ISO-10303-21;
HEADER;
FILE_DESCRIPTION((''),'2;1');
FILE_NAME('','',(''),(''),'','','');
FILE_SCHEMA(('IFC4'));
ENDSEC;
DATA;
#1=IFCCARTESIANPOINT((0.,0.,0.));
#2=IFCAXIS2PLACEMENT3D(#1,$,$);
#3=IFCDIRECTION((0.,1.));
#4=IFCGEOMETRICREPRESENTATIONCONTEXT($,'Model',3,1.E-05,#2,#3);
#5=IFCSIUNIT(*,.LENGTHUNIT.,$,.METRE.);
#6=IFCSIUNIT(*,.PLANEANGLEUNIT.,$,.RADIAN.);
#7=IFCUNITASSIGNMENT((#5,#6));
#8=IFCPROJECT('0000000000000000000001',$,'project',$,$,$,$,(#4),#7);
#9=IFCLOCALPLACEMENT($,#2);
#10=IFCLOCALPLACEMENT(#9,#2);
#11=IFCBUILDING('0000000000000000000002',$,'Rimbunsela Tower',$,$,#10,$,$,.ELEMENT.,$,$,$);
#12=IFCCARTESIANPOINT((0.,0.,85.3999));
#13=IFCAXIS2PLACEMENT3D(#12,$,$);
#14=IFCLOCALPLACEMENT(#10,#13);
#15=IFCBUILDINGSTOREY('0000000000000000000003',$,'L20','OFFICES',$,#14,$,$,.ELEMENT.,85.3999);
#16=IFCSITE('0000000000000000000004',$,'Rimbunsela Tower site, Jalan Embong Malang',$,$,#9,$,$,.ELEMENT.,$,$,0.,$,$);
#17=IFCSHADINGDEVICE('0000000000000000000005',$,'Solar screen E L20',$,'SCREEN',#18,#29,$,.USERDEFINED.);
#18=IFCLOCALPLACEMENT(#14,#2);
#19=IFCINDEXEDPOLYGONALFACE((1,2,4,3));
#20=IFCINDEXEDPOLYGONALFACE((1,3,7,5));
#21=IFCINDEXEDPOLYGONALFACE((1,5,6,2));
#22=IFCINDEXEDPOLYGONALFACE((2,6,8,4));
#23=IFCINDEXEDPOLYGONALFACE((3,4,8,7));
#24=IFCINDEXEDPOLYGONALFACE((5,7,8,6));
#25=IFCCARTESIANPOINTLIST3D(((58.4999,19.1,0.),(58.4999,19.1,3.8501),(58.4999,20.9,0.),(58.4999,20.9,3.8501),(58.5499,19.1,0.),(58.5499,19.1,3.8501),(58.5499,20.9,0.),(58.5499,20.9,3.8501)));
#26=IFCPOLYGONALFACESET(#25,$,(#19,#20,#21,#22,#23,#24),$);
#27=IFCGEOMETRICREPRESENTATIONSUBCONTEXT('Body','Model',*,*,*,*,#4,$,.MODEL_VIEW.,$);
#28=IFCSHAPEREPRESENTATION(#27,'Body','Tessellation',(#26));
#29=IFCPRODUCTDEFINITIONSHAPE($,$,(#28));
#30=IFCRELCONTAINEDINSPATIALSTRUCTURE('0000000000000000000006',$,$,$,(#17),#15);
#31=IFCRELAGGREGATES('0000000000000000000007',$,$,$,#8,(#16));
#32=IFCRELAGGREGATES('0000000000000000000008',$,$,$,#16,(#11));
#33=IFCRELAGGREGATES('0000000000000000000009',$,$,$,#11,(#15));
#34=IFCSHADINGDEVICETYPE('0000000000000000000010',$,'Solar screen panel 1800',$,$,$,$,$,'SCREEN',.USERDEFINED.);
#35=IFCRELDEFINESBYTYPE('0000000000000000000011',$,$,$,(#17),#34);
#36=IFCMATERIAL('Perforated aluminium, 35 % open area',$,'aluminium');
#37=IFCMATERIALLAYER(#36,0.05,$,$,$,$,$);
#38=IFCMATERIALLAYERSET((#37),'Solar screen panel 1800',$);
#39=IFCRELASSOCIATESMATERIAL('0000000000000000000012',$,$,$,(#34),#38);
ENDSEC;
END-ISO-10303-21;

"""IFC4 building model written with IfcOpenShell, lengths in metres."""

from ifc_helpers import new_model, si_unit, direction, frame, origin, origin_2d, place, context, subcontext, project, spatial, rectangle, extrude, material, layer, layer_set, type_object, element, save


model = new_model("IFC4")

# Units and contexts
model_context = context("Model", 3, precision=1e-05, world=origin(), true_north=direction((0.0, 1.0)))
body_context = subcontext(model_context, "Body", "Model", "MODEL_VIEW")
ifc_project = project(units=[si_unit("LENGTHUNIT", "METRE"), si_unit("PLANEANGLEUNIT", "RADIAN")], contexts=[model_context])

# Site, building, storey
site_placement = place(None, origin())
site = spatial("IfcSite", under=ifc_project, at=site_placement, Name="Rimbunsela Tower site, Jalan Embong Malang", CompositionType="ELEMENT", RefElevation=0.0)
building_placement = place(site_placement, origin())
building = spatial("IfcBuilding", under=site, at=building_placement, Name="Rimbunsela Tower", CompositionType="ELEMENT")
storey_placement = place(building_placement, frame((0.0, 0.0, 85.3999)))
storey = spatial("IfcBuildingStorey", under=building, at=storey_placement, Name="L20", Description="OFFICES", CompositionType="ELEMENT", Elevation=85.3999)

# Shading device
ifc_material_1 = material(Name="Perforated aluminium, 35 % open area", Category="aluminium")
ifc_layer_1 = layer(ifc_material_1, 0.05)
ifc_layer_set_1 = layer_set([ifc_layer_1], Name="Solar screen panel 1800")
shading_device_type = type_object("IfcShadingDeviceType", Name="Solar screen panel 1800", ElementType="SCREEN", PredefinedType="USERDEFINED", material=ifc_layer_set_1)
for number, where, z_axis, x_axis, name in (
    (1, (58.5249, 20.0, 0.0), (0.0, 0.0, 1.0), (0.0, 1.0, 0.0), "Solar screen E L20"),
):
    element("IfcShadingDevice", number, at=place(storey_placement, frame(where, z_axis=z_axis, x_axis=x_axis)), inside=storey, type_object=shading_device_type, Name=name, ObjectType="SCREEN", PredefinedType="USERDEFINED", context=body_context, shape_type="SweptSolid", body=[
        extrude(rectangle(XDim=1.8, YDim=0.05, at=origin_2d()), origin(), (0.0, 0.0, 1.0), 3.8501),
    ])

save(model, "model.ifc")
